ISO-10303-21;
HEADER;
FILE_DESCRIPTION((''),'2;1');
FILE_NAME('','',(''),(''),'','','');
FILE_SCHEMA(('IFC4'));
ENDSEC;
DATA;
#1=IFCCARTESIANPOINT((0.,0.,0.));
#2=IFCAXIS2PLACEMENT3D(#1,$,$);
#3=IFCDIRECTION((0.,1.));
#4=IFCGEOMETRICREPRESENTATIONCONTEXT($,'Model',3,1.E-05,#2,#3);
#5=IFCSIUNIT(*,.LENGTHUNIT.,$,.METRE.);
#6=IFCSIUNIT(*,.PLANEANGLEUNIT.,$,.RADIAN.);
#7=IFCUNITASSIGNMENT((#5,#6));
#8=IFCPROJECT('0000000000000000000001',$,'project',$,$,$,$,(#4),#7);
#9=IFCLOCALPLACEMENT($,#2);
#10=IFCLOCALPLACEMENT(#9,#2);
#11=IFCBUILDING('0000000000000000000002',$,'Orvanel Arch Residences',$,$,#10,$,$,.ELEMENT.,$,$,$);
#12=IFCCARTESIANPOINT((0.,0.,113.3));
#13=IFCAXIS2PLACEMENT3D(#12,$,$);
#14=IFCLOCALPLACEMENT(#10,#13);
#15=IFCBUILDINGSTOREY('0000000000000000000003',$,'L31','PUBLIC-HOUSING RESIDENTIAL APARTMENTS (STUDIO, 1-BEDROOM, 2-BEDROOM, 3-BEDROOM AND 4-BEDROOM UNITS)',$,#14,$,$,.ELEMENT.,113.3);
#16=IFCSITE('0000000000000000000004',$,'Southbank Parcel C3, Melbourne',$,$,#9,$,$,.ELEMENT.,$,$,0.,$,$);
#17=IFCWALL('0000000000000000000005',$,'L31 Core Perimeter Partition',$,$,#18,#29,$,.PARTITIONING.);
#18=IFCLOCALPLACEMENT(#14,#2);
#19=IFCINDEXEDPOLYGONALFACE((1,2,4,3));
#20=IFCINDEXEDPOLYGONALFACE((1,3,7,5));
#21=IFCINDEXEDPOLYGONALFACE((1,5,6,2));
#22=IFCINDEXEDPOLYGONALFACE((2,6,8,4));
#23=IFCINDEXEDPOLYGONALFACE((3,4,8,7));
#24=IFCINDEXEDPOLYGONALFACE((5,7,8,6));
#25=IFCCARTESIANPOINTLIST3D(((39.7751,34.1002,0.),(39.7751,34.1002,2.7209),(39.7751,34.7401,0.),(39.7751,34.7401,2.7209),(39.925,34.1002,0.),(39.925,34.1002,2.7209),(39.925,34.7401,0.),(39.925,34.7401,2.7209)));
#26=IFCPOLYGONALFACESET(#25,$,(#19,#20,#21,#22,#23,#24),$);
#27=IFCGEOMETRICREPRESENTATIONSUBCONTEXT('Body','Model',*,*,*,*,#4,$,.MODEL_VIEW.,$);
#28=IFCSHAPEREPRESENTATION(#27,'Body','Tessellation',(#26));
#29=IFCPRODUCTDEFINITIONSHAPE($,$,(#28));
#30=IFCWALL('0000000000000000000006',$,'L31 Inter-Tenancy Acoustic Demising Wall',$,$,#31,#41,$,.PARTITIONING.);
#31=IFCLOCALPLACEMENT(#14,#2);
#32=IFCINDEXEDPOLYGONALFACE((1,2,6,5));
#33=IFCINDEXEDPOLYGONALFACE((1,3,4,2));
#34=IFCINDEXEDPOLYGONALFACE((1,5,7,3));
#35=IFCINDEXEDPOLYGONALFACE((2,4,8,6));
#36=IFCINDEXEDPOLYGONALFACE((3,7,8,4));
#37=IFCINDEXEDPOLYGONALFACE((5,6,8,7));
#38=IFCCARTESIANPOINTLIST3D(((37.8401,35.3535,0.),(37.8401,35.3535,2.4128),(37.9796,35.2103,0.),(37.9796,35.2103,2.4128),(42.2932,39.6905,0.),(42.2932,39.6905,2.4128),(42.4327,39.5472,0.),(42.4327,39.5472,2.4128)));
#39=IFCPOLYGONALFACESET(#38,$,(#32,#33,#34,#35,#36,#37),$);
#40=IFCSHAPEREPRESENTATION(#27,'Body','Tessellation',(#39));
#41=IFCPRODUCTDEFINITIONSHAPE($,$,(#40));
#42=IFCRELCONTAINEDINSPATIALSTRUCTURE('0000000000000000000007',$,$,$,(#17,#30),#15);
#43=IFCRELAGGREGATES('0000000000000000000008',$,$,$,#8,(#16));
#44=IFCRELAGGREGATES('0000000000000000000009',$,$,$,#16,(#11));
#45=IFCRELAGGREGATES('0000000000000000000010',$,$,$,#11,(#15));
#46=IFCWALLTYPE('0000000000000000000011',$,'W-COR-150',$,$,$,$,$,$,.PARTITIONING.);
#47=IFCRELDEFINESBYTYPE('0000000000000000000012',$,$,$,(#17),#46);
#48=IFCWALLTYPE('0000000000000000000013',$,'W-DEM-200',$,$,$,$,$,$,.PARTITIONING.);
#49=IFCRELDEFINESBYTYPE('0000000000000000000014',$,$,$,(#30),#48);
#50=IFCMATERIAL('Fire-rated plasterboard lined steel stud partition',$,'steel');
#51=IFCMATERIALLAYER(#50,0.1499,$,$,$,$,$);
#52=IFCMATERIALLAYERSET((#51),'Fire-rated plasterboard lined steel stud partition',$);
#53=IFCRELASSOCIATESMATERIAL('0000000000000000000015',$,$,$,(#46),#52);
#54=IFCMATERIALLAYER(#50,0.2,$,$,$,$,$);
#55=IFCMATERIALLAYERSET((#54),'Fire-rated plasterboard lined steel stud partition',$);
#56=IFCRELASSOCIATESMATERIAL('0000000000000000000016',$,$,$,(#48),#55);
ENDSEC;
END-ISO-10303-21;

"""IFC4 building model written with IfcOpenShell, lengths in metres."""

from ifc_helpers import new_model, si_unit, direction, frame, frame_2d, origin, place, context, subcontext, project, spatial, rectangle, extrude, material, layer, layer_set, type_object, element, save


model = new_model("IFC4")

# Units and contexts
model_context = context("Model", 3, precision=1e-05, world=origin(), true_north=direction((0.0, 1.0)))
body_context = subcontext(model_context, "Body", "Model", "MODEL_VIEW")
ifc_project = project(units=[si_unit("LENGTHUNIT", "METRE"), si_unit("PLANEANGLEUNIT", "RADIAN")], contexts=[model_context])

# Site, building, storey
site_placement = place(None, origin())
site = spatial("IfcSite", under=ifc_project, at=site_placement, Name="Southbank Parcel C3, Melbourne", CompositionType="ELEMENT", RefElevation=0.0)
building_placement = place(site_placement, origin())
building = spatial("IfcBuilding", under=site, at=building_placement, Name="Orvanel Arch Residences", CompositionType="ELEMENT")
storey_placement = place(building_placement, frame((0.0, 0.0, 113.3)))
storey = spatial("IfcBuildingStorey", under=building, at=storey_placement, Name="L31", Description="PUBLIC-HOUSING RESIDENTIAL APARTMENTS (STUDIO, 1-BEDROOM, 2-BEDROOM, 3-BEDROOM AND 4-BEDROOM UNITS)", CompositionType="ELEMENT", Elevation=113.3)

# Walls
ifc_material_1 = material(Name="Fire-rated plasterboard lined steel stud partition", Category="steel")
ifc_layer_1 = layer(ifc_material_1, 0.1499)
ifc_layer_set_1 = layer_set([ifc_layer_1], Name="Fire-rated plasterboard lined steel stud partition")
wall_type_1 = type_object("IfcWallType", Name="W-COR-150", PredefinedType="PARTITIONING", material=ifc_layer_set_1)
wall_1_placement = place(storey_placement, frame((39.8501, 34.74, 0.0), z_axis=(0.0, 0.0, 1.0), x_axis=(0.0, -1.0, 0.0)))
element("IfcWall", 1, at=wall_1_placement, inside=storey, type_object=wall_type_1, Name="L31 Core Perimeter Partition", PredefinedType="PARTITIONING", context=body_context, shape_type="SweptSolid", body=[
    extrude(rectangle(XDim=0.6399, YDim=0.1499, at=frame_2d((0.3198, 0.0))), origin(), (0.0, 0.0, 1.0), 2.7209),
])
ifc_layer_2 = layer(ifc_material_1, 0.2)
ifc_layer_set_2 = layer_set([ifc_layer_2], Name="Fire-rated plasterboard lined steel stud partition")
wall_type_2 = type_object("IfcWallType", Name="W-DEM-200", PredefinedType="PARTITIONING", material=ifc_layer_set_2)
wall_2_placement = place(storey_placement, frame((37.9099, 35.282, 0.0), z_axis=(0.0, 0.0, 1.0), x_axis=(0.716393, 0.697697, 0.0)))
element("IfcWall", 2, at=wall_2_placement, inside=storey, type_object=wall_type_2, Name="L31 Inter-Tenancy Acoustic Demising Wall", PredefinedType="PARTITIONING", context=body_context, shape_type="SweptSolid", body=[
    extrude(rectangle(XDim=6.2161, YDim=0.2, at=frame_2d((3.1079, 0.0))), origin(), (0.0, 0.0, 1.0), 2.4128),
])

save(model, "model.ifc")
